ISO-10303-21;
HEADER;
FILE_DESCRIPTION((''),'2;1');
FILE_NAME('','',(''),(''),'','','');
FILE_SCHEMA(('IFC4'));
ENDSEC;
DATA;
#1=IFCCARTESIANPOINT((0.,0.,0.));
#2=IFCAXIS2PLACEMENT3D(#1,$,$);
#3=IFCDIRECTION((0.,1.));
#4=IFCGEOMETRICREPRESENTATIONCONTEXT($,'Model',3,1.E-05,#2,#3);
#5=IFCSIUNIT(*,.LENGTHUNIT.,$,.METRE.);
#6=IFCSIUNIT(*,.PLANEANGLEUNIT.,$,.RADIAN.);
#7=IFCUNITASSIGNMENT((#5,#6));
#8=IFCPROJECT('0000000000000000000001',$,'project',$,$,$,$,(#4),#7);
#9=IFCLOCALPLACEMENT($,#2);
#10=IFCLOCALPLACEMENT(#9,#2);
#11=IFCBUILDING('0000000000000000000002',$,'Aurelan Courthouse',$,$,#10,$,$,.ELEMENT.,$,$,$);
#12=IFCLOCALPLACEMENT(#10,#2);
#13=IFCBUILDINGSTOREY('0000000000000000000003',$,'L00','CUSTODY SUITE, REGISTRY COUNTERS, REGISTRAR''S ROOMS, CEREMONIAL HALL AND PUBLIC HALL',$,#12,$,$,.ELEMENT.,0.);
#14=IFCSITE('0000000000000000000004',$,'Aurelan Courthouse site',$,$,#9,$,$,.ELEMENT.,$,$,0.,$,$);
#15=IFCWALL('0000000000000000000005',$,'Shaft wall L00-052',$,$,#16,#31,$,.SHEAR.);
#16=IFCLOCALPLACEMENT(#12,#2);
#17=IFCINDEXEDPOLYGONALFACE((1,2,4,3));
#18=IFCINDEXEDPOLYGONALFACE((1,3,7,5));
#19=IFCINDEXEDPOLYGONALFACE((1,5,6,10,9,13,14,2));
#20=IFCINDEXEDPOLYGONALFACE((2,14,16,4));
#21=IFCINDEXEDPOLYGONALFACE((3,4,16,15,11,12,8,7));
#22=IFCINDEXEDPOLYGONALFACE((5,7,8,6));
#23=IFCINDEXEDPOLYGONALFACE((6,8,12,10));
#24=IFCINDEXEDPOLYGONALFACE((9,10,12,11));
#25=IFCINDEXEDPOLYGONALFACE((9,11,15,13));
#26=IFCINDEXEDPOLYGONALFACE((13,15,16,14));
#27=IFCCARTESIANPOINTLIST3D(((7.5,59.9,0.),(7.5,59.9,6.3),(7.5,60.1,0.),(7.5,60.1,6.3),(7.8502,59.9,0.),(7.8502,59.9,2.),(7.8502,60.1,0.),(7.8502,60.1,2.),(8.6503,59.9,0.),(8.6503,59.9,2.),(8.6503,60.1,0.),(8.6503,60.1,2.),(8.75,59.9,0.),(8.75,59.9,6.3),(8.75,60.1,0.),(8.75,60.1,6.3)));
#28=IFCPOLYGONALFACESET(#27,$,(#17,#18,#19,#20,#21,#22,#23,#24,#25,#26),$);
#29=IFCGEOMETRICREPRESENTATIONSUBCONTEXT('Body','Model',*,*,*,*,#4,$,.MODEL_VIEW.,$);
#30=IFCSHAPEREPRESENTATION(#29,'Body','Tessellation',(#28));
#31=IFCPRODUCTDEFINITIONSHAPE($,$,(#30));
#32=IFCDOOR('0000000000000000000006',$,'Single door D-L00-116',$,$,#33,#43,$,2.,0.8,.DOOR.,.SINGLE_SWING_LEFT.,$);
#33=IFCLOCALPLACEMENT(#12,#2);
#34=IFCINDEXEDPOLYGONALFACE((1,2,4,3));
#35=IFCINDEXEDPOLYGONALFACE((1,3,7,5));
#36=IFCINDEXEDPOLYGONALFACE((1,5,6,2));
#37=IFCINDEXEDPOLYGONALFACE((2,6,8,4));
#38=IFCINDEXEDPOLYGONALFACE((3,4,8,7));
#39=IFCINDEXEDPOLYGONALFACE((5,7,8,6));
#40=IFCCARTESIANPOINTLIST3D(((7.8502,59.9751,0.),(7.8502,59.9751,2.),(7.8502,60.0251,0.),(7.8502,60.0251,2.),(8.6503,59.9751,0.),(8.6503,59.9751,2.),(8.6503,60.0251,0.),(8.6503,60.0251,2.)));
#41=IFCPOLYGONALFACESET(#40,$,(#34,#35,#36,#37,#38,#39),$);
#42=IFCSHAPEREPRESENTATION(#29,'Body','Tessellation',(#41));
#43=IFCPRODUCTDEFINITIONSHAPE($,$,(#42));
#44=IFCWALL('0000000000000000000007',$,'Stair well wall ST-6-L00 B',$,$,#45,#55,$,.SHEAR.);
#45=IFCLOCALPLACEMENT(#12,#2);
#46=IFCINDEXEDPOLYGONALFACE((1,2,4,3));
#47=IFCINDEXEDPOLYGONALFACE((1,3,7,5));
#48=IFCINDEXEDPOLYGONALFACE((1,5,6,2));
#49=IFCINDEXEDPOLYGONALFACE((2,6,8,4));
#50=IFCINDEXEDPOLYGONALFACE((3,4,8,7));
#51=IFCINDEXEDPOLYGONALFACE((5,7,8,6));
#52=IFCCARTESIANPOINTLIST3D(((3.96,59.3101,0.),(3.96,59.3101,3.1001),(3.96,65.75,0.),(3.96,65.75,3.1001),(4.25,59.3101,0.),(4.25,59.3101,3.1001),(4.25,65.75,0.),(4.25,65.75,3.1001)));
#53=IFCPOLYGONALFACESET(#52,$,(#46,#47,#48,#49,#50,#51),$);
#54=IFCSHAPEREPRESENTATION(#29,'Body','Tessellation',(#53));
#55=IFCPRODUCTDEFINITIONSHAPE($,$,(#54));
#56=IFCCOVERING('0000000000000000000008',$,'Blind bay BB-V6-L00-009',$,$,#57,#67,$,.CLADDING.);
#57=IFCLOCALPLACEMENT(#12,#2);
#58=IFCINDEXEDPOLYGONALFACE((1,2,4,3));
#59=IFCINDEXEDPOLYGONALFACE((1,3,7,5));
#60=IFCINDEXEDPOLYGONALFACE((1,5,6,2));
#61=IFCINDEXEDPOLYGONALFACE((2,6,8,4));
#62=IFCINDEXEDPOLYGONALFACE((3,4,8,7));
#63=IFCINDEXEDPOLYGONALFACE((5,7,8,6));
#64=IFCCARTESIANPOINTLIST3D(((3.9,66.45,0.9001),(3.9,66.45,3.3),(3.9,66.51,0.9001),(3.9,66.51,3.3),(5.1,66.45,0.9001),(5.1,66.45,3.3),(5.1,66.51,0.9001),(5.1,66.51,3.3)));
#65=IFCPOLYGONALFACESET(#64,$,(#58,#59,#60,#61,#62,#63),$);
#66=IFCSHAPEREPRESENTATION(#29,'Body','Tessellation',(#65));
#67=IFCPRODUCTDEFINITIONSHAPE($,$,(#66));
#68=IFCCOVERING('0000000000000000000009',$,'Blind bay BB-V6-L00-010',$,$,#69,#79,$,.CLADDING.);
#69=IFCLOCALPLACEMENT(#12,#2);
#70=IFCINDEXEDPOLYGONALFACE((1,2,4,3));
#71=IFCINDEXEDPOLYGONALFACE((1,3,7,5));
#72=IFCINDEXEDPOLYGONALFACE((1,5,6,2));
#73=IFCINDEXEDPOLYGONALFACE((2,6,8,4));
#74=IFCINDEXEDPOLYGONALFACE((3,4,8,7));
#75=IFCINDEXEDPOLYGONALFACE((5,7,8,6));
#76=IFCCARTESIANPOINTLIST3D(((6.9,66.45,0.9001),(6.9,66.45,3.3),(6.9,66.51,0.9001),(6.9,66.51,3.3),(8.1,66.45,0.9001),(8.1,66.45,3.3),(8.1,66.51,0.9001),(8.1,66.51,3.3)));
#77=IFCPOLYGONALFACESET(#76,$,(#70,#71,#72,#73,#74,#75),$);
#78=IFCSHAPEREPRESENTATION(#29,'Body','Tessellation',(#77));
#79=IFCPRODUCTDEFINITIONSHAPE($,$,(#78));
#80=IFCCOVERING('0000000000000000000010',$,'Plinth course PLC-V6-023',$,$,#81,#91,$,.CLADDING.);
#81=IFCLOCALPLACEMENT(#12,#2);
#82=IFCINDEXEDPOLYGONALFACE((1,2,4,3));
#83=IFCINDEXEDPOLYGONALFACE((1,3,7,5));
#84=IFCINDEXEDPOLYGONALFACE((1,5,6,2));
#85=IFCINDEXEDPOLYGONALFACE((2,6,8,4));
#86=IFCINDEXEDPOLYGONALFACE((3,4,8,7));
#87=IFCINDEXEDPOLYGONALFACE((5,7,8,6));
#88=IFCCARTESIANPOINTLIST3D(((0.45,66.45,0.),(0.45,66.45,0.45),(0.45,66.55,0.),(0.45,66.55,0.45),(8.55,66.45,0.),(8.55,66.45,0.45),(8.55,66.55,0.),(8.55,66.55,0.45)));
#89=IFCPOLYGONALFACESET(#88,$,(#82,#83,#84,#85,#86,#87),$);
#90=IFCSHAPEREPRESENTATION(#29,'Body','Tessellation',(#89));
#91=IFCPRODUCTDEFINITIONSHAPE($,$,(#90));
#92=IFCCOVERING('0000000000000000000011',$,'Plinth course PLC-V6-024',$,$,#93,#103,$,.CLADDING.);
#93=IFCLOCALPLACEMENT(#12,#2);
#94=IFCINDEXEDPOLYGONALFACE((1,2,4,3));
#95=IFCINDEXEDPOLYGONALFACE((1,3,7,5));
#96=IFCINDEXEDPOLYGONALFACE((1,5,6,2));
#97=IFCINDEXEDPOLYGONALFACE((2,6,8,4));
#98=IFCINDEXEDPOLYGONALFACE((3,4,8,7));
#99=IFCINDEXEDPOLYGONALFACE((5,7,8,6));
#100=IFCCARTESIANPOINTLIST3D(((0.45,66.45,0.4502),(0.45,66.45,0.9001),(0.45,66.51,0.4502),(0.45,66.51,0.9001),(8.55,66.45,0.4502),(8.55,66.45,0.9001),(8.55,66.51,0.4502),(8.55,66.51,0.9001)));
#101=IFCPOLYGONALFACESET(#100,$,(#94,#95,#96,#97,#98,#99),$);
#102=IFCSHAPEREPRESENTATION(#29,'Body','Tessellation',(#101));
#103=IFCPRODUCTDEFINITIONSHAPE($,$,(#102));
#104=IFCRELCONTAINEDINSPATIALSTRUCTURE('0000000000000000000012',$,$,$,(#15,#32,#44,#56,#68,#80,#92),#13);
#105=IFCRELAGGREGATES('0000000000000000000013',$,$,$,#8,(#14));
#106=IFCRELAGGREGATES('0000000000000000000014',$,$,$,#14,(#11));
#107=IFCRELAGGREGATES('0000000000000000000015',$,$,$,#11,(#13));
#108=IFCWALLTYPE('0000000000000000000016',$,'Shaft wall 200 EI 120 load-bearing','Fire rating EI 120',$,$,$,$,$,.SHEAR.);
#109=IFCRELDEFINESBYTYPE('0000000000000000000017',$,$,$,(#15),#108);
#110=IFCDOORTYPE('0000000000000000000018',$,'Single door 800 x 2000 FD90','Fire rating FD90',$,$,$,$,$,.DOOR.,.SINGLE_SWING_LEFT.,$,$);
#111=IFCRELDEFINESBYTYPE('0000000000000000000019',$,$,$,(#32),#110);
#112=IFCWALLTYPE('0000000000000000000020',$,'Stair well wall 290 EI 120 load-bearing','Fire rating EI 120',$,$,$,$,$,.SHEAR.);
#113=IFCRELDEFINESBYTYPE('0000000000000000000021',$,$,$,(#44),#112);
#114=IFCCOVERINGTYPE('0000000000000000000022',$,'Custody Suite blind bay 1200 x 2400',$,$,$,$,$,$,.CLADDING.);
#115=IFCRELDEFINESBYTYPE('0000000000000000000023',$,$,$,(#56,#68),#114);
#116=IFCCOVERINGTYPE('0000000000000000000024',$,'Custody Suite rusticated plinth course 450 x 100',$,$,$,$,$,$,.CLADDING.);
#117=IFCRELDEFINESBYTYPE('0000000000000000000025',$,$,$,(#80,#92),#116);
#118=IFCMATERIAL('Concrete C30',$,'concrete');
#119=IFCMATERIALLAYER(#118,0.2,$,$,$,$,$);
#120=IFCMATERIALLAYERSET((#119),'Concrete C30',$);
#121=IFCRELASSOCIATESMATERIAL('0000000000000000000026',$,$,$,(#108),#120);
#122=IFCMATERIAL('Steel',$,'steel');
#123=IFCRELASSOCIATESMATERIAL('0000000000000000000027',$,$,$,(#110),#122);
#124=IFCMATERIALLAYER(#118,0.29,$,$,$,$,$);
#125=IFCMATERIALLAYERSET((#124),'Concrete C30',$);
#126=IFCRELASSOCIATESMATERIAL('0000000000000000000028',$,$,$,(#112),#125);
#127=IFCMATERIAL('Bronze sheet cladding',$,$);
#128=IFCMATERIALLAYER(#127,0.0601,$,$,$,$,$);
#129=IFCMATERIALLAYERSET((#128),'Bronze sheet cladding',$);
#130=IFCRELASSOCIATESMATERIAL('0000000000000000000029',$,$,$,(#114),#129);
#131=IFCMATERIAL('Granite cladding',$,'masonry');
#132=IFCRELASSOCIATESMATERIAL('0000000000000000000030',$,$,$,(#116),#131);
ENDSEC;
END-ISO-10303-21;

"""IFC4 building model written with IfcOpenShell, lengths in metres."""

from ifc_helpers import new_model, si_unit, direction, frame, frame_2d, origin, origin_2d, place, context, subcontext, project, spatial, rectangle, extrude, material, layer, layer_set, type_object, element, fill, save


model = new_model("IFC4")

# Units and contexts
model_context = context("Model", 3, precision=1e-05, world=origin(), true_north=direction((0.0, 1.0)))
body_context = subcontext(model_context, "Body", "Model", "MODEL_VIEW")
ifc_project = project(units=[si_unit("LENGTHUNIT", "METRE"), si_unit("PLANEANGLEUNIT", "RADIAN")], contexts=[model_context])

# Site, building, storey
site_placement = place(None, origin())
site = spatial("IfcSite", under=ifc_project, at=site_placement, Name="Aurelan Courthouse site", CompositionType="ELEMENT", RefElevation=0.0)
building_placement = place(site_placement, origin())
building = spatial("IfcBuilding", under=site, at=building_placement, Name="Aurelan Courthouse", CompositionType="ELEMENT")
storey_placement = place(building_placement, origin())
storey = spatial("IfcBuildingStorey", under=building, at=storey_placement, Name="L00", Description="CUSTODY SUITE, REGISTRY COUNTERS, REGISTRAR'S ROOMS, CEREMONIAL HALL AND PUBLIC HALL", CompositionType="ELEMENT", Elevation=0.0)

# Shared definitions
ifc_material_1 = material(Name="Steel", Category="steel")

# Wall, opening, door
ifc_material_2 = material(Name="Concrete C30", Category="concrete")
ifc_layer_1 = layer(ifc_material_2, 0.2)
ifc_layer_set_1 = layer_set([ifc_layer_1], Name="Concrete C30")
wall_type_1 = type_object("IfcWallType", Name="Shaft wall 200 EI 120 load-bearing", Description="Fire rating EI 120", PredefinedType="SHEAR", material=ifc_layer_set_1)
wall_1_placement = place(storey_placement, frame((7.5, 60.0, 0.0), z_axis=(0.0, 0.0, 1.0), x_axis=(1.0, 0.0, 0.0)))
wall_1 = element("IfcWall", 1, at=wall_1_placement, inside=storey, type_object=wall_type_1, Name="Shaft wall L00-052", PredefinedType="SHEAR", context=body_context, shape_type="SweptSolid", body=[
    extrude(rectangle(XDim=1.25, YDim=0.2, at=frame_2d((0.625, 0.0))), origin(), (0.0, 0.0, 1.0), 6.3),
])
opening_1_placement = place(wall_1_placement, frame((1.1501, 0.0, 0.0), z_axis=(0.0, 0.0, 1.0), x_axis=(-1.0, 0.0, 0.0)))
opening_1 = element("IfcOpeningElement", 2, at=opening_1_placement, cuts=wall_1, PredefinedType="OPENING", context=body_context, shape_type="SweptSolid", body=[
    extrude(rectangle(XDim=0.8, YDim=2.0, at=frame_2d((0.3999, 1.0))), frame((0.0, 0.1099, 0.0), z_axis=(0.0, -1.0, 0.0), x_axis=(1.0, 0.0, 0.0)), (0.0, 0.0, 1.0), 0.22),
])
door_type_1 = type_object("IfcDoorType", Name="Single door 800 x 2000 FD90", Description="Fire rating FD90", OperationType="SINGLE_SWING_LEFT", PredefinedType="DOOR", material=ifc_material_1)
door_1_placement = place(opening_1_placement, origin())
door_1 = element("IfcDoor", 3, at=door_1_placement, inside=storey, type_object=door_type_1, Name="Single door D-L00-116", OperationType="SINGLE_SWING_LEFT", OverallHeight=2.0, OverallWidth=0.8, PredefinedType="DOOR", context=body_context, shape_type="SweptSolid", body=[
    extrude(rectangle(XDim=0.8, YDim=2.0, at=frame_2d((0.3999, 1.0))), frame((0.0, 0.0249, 0.0), z_axis=(0.0, -1.0, 0.0), x_axis=(1.0, 0.0, 0.0)), (0.0, 0.0, 1.0), 0.05),
])
fill(opening_1, door_1)

# Wall
ifc_layer_2 = layer(ifc_material_2, 0.29)
ifc_layer_set_2 = layer_set([ifc_layer_2], Name="Concrete C30")
wall_type_2 = type_object("IfcWallType", Name="Stair well wall 290 EI 120 load-bearing", Description="Fire rating EI 120", PredefinedType="SHEAR", material=ifc_layer_set_2)
wall_2_placement = place(storey_placement, frame((4.105, 59.3101, 0.0), z_axis=(0.0, 0.0, 1.0), x_axis=(0.0, 1.0, 0.0)))
element("IfcWall", 4, at=wall_2_placement, inside=storey, type_object=wall_type_2, Name="Stair well wall ST-6-L00 B", PredefinedType="SHEAR", context=body_context, shape_type="SweptSolid", body=[
    extrude(rectangle(XDim=6.4399, YDim=0.29, at=frame_2d((3.22, 0.0))), origin(), (0.0, 0.0, 1.0), 3.1001),
])

# Coverings
ifc_material_3 = material(Name="Bronze sheet cladding")
ifc_layer_3 = layer(ifc_material_3, 0.0601)
ifc_layer_set_3 = layer_set([ifc_layer_3], Name="Bronze sheet cladding")
covering_type_1 = type_object("IfcCoveringType", Name="Custody Suite blind bay 1200 x 2400", PredefinedType="CLADDING", material=ifc_layer_set_3)
for number, where, z_axis, x_axis, name in (
    (5, (4.5, 66.48, 0.9001), (0.0, 0.0, 1.0), (1.0, 0.0, 0.0), "Blind bay BB-V6-L00-009"),
    (6, (7.5, 66.48, 0.9001), (0.0, 0.0, 1.0), (1.0, 0.0, 0.0), "Blind bay BB-V6-L00-010"),
):
    element("IfcCovering", number, at=place(storey_placement, frame(where, z_axis=z_axis, x_axis=x_axis)), inside=storey, type_object=covering_type_1, Name=name, PredefinedType="CLADDING", context=body_context, shape_type="SweptSolid", body=[
        extrude(rectangle(XDim=1.2, YDim=0.0601, at=origin_2d()), origin(), (0.0, 0.0, 1.0), 2.3999),
    ])
ifc_material_4 = material(Name="Granite cladding", Category="masonry")
covering_type_2 = type_object("IfcCoveringType", Name="Custody Suite rusticated plinth course 450 x 100", PredefinedType="CLADDING", material=ifc_material_4)
covering_1_placement = place(storey_placement, frame((4.5, 66.5, 0.0), z_axis=(0.0, 0.0, 1.0), x_axis=(1.0, 0.0, 0.0)))
element("IfcCovering", 7, at=covering_1_placement, inside=storey, type_object=covering_type_2, Name="Plinth course PLC-V6-023", PredefinedType="CLADDING", context=body_context, shape_type="SweptSolid", body=[
    extrude(rectangle(XDim=8.1001, YDim=0.1001, at=origin_2d()), origin(), (0.0, 0.0, 1.0), 0.45),
])
covering_2_placement = place(storey_placement, frame((4.5, 66.48, 0.4502), z_axis=(0.0, 0.0, 1.0), x_axis=(1.0, 0.0, 0.0)))
element("IfcCovering", 8, at=covering_2_placement, inside=storey, type_object=covering_type_2, Name="Plinth course PLC-V6-024", PredefinedType="CLADDING", context=body_context, shape_type="SweptSolid", body=[
    extrude(rectangle(XDim=8.1001, YDim=0.0601, at=origin_2d()), origin(), (0.0, 0.0, 1.0), 0.45),
])

save(model, "model.ifc")
